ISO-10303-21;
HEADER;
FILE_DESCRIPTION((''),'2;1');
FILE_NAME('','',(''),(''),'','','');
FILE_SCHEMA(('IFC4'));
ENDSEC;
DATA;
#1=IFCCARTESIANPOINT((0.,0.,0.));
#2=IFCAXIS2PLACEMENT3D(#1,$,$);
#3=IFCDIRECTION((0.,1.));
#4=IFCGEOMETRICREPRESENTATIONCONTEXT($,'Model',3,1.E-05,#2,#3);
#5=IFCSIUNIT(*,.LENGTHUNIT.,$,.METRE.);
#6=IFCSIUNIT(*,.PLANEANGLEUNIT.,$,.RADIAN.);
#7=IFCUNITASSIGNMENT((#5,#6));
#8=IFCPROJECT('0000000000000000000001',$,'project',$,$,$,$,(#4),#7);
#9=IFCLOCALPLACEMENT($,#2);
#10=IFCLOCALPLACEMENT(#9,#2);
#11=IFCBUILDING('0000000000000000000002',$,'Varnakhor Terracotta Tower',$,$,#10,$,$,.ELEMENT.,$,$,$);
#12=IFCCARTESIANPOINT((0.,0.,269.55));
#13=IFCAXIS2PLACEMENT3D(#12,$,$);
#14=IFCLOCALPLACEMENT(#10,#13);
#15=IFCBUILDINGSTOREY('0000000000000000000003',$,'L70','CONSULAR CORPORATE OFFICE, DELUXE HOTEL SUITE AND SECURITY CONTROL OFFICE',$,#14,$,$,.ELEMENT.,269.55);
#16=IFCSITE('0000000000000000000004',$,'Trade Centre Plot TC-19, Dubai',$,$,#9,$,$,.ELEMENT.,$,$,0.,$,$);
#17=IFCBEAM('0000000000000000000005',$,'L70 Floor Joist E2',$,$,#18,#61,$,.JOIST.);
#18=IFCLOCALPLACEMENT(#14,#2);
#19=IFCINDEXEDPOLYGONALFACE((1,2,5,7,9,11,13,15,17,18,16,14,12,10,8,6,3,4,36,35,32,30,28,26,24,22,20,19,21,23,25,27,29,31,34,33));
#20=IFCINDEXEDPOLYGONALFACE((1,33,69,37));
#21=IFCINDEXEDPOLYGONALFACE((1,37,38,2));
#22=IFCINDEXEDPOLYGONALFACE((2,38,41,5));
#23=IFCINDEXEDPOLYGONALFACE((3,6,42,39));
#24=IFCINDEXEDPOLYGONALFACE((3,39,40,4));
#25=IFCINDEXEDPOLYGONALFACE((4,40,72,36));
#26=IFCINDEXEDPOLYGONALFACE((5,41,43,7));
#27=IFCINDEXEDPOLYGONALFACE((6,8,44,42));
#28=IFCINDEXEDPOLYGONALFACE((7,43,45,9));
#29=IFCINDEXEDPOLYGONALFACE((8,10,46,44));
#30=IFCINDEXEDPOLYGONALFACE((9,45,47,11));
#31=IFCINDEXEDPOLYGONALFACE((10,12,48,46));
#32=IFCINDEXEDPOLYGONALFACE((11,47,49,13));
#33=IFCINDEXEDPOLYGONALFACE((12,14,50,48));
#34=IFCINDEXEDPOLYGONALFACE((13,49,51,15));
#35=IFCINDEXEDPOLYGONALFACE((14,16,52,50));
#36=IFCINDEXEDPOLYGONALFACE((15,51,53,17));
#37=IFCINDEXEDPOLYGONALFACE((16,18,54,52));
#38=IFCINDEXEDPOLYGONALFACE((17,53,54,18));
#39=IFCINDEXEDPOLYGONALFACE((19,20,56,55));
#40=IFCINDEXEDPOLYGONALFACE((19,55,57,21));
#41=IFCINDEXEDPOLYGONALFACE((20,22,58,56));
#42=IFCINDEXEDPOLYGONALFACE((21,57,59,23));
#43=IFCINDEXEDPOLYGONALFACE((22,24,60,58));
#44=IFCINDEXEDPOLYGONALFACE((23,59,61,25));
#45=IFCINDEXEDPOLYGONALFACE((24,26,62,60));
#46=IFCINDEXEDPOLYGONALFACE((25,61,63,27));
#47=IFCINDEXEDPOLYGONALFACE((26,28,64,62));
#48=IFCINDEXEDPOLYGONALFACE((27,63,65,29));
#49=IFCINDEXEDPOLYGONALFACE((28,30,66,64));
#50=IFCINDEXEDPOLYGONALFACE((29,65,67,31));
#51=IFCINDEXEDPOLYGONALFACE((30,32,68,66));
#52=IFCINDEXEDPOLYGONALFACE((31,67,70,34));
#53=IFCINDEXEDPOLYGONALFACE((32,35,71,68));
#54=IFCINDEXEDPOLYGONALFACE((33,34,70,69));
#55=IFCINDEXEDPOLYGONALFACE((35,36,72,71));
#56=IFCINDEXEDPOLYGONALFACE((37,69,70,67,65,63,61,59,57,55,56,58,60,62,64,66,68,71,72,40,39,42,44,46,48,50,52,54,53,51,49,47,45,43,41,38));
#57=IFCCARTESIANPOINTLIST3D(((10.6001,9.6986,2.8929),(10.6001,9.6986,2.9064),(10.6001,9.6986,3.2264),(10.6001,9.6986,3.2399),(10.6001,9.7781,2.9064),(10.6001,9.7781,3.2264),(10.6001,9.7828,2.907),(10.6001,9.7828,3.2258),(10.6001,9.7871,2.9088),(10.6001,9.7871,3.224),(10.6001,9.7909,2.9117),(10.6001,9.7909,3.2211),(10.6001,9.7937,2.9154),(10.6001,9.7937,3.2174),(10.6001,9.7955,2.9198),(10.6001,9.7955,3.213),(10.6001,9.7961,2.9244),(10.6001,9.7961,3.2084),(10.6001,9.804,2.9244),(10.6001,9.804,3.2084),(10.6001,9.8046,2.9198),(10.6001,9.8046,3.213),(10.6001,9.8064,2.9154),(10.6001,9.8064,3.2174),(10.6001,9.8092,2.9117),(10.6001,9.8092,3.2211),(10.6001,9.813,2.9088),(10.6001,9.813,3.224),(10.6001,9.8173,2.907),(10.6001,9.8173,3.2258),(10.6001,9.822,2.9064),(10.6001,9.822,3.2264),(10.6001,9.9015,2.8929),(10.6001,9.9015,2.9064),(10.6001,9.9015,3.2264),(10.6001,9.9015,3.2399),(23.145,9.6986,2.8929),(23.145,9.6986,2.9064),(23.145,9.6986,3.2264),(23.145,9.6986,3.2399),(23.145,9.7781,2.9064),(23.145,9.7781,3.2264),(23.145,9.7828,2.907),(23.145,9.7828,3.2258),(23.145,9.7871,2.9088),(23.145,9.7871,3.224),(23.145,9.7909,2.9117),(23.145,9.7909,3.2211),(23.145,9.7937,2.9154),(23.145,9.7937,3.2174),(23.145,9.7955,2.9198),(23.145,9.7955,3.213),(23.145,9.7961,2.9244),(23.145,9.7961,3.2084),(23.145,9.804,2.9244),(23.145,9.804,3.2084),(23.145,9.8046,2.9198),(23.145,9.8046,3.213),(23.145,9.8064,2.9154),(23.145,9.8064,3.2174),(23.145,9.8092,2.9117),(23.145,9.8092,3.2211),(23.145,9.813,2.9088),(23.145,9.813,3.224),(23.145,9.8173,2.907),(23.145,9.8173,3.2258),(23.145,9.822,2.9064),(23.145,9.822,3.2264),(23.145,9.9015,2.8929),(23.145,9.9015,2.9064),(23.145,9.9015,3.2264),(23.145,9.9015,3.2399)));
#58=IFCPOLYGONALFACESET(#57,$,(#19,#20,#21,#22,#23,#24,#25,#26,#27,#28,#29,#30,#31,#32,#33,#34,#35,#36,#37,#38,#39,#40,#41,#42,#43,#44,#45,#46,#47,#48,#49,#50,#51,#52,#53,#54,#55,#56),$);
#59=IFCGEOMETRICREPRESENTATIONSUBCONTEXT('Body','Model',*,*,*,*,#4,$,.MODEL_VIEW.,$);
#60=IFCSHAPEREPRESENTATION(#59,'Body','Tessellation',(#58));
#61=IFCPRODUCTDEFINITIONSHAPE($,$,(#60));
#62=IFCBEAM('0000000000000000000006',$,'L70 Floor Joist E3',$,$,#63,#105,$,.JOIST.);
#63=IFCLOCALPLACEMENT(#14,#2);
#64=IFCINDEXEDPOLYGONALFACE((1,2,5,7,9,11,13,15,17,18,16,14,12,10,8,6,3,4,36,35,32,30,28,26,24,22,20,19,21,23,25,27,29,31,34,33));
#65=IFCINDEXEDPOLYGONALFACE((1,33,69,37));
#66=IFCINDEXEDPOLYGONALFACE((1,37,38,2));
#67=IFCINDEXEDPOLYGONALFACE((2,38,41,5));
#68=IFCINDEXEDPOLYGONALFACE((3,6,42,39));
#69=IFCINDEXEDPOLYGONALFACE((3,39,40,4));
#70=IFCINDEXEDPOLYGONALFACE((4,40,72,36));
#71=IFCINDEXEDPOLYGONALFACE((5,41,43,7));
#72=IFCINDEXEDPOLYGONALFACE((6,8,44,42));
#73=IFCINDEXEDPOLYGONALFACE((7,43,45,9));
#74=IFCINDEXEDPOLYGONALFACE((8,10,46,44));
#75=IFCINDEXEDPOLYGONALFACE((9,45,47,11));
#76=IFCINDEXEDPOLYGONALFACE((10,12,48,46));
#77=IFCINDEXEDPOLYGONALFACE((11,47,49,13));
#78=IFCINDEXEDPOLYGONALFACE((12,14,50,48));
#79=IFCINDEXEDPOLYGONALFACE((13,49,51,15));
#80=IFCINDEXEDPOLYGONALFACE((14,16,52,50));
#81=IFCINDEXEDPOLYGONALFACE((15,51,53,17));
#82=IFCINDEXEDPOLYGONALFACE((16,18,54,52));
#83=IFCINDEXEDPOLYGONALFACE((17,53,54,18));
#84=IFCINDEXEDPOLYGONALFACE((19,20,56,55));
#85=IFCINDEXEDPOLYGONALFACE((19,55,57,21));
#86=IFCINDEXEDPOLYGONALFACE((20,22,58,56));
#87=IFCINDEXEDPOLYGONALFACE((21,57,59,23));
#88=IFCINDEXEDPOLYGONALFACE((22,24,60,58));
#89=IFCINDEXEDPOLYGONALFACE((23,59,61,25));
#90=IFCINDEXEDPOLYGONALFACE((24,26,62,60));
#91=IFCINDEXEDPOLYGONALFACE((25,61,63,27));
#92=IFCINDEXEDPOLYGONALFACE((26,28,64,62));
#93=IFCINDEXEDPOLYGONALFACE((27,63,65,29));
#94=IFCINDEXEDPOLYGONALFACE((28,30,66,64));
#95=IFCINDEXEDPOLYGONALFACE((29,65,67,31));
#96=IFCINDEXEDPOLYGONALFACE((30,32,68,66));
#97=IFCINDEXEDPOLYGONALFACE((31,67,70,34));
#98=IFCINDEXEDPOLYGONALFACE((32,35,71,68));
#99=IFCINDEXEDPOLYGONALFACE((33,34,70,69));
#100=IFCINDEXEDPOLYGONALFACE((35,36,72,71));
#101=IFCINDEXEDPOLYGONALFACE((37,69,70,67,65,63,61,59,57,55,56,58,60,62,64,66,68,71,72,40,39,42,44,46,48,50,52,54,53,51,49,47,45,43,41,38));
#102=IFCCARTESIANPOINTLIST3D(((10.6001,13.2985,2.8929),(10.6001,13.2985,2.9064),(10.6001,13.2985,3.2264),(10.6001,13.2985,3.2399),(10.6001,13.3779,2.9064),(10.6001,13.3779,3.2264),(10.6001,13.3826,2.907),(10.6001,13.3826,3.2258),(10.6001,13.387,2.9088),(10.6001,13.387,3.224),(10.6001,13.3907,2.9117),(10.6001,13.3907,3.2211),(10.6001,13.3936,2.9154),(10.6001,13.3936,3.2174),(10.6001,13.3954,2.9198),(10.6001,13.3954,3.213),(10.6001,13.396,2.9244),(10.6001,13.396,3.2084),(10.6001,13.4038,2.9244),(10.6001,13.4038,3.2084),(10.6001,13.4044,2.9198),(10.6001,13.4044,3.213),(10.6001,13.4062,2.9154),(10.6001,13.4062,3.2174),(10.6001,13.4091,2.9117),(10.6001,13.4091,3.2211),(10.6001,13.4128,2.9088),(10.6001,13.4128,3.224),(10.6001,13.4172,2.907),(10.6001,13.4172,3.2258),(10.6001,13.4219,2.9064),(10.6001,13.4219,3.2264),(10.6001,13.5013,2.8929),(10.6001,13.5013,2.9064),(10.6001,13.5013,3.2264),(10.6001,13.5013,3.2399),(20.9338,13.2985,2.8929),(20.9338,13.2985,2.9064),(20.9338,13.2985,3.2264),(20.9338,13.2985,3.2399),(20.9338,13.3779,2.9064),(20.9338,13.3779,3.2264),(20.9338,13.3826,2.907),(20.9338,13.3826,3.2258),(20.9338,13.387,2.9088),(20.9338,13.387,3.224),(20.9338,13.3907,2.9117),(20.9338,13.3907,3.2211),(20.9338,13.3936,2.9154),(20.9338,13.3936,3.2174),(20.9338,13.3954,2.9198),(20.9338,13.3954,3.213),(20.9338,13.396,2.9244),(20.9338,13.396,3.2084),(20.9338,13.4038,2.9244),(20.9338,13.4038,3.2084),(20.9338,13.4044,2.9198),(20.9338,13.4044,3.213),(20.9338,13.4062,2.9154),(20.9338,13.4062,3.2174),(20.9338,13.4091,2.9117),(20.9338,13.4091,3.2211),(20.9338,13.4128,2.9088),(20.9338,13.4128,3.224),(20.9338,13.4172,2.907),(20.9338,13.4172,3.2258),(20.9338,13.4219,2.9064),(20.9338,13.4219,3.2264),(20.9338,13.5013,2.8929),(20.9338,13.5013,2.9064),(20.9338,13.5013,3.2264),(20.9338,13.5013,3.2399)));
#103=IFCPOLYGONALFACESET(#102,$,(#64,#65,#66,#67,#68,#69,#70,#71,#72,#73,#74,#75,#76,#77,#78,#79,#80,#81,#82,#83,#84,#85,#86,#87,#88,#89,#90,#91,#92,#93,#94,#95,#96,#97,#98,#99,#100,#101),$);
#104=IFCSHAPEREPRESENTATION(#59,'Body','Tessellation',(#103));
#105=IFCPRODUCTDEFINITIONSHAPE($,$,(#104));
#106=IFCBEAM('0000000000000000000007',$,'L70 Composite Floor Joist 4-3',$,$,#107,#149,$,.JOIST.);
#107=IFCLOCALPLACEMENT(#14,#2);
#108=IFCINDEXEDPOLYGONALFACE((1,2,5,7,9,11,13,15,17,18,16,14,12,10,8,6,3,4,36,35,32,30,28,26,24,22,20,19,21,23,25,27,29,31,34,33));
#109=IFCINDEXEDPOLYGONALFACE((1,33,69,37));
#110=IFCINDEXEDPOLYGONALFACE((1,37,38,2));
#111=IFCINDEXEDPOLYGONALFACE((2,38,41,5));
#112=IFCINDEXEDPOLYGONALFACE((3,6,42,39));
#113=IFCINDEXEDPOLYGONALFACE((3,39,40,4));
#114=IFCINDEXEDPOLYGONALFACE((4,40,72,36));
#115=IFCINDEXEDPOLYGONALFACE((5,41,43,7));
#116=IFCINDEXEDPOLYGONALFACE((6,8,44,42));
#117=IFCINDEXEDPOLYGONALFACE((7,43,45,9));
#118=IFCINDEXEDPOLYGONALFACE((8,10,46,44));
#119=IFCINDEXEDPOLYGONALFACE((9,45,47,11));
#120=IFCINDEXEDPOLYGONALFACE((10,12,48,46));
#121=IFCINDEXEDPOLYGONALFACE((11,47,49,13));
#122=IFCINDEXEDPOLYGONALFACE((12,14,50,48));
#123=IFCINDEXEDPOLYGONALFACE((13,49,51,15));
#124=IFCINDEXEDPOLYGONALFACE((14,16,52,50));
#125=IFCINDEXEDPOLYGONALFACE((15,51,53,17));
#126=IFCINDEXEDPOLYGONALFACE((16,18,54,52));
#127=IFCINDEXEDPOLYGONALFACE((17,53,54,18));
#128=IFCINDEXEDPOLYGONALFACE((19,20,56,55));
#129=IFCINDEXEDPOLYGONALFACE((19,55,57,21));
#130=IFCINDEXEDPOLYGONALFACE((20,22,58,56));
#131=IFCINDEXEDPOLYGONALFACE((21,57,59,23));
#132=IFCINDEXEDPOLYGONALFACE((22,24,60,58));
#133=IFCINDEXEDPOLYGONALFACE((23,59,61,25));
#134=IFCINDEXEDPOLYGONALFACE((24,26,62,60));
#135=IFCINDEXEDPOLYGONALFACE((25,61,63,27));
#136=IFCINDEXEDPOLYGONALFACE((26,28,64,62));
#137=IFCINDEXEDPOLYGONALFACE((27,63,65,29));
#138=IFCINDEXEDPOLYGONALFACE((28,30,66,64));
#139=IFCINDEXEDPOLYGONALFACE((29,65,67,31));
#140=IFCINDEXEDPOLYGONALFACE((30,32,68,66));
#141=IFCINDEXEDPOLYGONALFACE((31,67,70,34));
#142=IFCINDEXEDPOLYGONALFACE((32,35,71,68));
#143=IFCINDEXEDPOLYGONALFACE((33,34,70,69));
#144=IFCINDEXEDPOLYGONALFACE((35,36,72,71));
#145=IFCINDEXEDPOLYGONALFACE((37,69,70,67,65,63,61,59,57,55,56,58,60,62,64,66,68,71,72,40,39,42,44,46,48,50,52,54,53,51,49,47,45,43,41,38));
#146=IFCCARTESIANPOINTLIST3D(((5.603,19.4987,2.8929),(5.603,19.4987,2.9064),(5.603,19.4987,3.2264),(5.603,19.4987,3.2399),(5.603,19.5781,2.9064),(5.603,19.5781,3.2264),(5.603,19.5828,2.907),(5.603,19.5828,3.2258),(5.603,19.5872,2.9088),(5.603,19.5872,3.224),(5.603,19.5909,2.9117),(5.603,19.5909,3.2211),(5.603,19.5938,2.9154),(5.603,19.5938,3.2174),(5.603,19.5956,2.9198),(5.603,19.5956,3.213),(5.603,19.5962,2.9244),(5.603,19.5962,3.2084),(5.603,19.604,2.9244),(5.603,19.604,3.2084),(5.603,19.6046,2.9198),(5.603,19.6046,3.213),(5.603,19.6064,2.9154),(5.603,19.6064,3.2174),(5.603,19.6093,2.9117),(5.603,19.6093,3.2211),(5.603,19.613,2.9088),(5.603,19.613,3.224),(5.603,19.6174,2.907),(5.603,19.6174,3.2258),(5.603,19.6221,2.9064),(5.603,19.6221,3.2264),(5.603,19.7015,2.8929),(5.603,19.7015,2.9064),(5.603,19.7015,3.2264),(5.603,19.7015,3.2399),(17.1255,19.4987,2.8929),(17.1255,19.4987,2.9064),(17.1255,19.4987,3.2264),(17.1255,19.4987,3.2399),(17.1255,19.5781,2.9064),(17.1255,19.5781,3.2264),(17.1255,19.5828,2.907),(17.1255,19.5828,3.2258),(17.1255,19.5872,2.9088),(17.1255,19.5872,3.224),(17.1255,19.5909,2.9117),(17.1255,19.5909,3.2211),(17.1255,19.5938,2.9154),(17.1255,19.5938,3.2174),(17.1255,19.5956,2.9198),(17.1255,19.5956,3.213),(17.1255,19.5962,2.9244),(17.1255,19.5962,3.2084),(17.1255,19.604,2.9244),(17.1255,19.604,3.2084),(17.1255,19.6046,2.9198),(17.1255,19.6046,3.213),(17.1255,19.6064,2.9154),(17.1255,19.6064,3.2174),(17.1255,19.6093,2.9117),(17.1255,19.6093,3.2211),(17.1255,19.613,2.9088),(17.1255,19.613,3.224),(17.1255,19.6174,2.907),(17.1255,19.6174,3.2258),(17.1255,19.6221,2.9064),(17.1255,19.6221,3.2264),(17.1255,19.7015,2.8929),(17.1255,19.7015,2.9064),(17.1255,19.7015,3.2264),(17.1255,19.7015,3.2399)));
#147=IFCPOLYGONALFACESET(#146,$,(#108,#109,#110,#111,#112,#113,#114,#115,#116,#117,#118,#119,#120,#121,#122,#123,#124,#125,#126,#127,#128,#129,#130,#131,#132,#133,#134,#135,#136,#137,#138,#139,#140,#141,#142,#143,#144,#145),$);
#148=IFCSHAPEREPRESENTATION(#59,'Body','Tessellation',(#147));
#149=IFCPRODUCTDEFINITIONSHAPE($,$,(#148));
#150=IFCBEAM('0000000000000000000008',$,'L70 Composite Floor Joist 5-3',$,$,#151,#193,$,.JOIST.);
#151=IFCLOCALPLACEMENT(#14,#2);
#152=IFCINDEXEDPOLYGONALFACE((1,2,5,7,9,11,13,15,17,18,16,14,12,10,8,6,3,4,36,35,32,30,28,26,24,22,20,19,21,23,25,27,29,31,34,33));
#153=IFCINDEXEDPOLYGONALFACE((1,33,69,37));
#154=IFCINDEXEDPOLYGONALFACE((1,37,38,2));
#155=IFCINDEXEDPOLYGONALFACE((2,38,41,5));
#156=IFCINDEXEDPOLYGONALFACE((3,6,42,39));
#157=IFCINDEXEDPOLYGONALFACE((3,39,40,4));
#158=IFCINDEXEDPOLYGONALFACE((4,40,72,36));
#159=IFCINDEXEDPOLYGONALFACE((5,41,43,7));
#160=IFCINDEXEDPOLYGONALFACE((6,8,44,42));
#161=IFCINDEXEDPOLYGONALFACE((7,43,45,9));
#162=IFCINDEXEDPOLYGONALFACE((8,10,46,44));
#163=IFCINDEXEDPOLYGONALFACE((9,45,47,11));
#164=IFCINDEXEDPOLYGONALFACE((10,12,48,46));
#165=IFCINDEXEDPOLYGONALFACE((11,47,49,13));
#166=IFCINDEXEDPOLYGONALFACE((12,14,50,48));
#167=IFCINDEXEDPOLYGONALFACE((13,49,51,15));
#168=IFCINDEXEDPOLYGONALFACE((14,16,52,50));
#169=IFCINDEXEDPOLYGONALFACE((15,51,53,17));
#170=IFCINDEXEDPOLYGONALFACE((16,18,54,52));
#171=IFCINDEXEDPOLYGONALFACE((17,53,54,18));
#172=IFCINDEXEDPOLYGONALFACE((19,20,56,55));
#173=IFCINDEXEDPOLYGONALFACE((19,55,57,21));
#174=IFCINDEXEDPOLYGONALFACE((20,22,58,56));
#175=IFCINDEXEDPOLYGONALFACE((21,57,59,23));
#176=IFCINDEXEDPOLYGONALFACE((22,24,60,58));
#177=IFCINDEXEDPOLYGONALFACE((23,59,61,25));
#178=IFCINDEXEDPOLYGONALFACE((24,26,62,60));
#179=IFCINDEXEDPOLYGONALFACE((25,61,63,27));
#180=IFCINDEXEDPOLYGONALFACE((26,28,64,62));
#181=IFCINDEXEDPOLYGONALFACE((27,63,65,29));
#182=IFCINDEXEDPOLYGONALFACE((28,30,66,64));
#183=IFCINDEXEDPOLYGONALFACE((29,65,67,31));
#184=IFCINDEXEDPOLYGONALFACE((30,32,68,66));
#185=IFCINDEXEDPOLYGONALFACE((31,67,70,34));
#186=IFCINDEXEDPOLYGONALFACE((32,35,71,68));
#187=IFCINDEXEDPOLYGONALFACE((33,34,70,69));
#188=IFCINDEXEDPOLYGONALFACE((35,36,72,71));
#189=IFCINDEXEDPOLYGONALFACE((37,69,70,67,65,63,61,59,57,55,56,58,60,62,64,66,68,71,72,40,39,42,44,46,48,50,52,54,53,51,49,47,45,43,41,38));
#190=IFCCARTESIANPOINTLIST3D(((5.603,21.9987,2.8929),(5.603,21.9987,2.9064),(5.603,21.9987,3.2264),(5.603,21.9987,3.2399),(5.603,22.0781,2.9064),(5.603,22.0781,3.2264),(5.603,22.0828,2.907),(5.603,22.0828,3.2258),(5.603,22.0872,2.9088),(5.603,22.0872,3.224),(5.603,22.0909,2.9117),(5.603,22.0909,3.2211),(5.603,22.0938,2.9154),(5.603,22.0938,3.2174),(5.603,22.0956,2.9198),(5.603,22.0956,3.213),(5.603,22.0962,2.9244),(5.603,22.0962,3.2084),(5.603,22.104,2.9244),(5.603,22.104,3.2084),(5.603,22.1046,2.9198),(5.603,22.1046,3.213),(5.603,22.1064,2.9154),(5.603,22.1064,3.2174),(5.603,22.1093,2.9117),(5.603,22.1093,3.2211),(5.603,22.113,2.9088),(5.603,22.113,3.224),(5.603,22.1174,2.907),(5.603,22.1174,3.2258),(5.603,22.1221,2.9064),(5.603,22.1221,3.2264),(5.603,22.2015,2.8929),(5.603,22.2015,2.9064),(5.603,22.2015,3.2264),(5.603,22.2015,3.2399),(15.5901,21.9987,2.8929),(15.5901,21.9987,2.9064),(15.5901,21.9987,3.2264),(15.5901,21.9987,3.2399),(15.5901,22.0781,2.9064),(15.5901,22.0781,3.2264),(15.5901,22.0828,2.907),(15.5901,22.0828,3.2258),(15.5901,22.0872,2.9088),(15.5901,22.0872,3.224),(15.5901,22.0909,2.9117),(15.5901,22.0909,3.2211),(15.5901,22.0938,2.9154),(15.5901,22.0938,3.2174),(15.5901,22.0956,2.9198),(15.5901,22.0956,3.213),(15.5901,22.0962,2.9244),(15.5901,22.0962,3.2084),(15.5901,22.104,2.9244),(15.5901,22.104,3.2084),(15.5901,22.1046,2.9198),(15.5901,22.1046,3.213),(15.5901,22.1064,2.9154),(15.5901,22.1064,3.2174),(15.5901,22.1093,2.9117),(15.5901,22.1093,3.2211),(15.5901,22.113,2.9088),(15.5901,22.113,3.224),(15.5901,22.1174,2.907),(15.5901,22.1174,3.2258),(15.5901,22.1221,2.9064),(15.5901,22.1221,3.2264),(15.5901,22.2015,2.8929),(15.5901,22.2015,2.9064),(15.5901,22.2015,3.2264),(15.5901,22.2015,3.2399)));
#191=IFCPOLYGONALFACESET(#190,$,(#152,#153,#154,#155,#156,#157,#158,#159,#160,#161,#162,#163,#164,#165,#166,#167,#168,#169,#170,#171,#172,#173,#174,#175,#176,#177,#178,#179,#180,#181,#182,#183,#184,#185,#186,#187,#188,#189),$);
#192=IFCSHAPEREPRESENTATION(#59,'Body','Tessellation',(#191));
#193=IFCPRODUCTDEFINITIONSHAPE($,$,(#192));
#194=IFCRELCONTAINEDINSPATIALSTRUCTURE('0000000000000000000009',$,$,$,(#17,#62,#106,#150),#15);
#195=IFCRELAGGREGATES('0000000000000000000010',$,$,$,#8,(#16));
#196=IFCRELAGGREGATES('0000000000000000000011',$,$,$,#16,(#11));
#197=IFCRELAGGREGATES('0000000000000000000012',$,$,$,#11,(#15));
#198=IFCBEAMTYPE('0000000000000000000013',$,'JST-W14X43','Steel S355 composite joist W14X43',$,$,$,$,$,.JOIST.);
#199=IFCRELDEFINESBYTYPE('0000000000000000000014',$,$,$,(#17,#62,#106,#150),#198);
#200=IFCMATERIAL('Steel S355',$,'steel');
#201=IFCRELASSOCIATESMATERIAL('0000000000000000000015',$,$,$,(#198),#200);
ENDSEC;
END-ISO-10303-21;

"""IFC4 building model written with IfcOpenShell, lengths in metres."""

from ifc_helpers import new_model, si_unit, direction, frame, origin, origin_2d, place, context, subcontext, project, spatial, i_section, extrude, source, transform, mapped, material, material_profile, profile_set, type_object, element, save


model = new_model("IFC4")

# Units and contexts
model_context = context("Model", 3, precision=1e-05, world=origin(), true_north=direction((0.0, 1.0)))
body_context = subcontext(model_context, "Body", "Model", "MODEL_VIEW")
ifc_project = project(units=[si_unit("LENGTHUNIT", "METRE"), si_unit("PLANEANGLEUNIT", "RADIAN")], contexts=[model_context])

# Site, building, storey
site_placement = place(None, origin())
site = spatial("IfcSite", under=ifc_project, at=site_placement, Name="Trade Centre Plot TC-19, Dubai", CompositionType="ELEMENT", RefElevation=0.0)
building_placement = place(site_placement, origin())
building = spatial("IfcBuilding", under=site, at=building_placement, Name="Varnakhor Terracotta Tower", CompositionType="ELEMENT")
storey_placement = place(building_placement, frame((0.0, 0.0, 269.55)))
storey = spatial("IfcBuildingStorey", under=building, at=storey_placement, Name="L70", Description="CONSULAR CORPORATE OFFICE, DELUXE HOTEL SUITE AND SECURITY CONTROL OFFICE", CompositionType="ELEMENT", Elevation=269.55)

# Beams
ifc_material_1 = material(Name="Steel S355", Category="steel")
ifc_material_profile_1 = material_profile(ifc_material_1, i_section(OverallWidth=0.2029, OverallDepth=0.3469, WebThickness=0.0078, FlangeThickness=0.0134, FilletRadius=0.0181, at=origin_2d()), Name="W14X43")
ifc_profile_set_1 = profile_set([ifc_material_profile_1], Name="Steel S355")
beam_type_1 = type_object("IfcBeamType", Name="JST-W14X43", Description="Steel S355 composite joist W14X43", PredefinedType="JOIST", material=ifc_profile_set_1)
shared_shape_1 = source(origin(), body_context, "Body", "SweptSolid", [
    extrude(i_section(OverallWidth=0.2029, OverallDepth=0.3469, WebThickness=0.0078, FlangeThickness=0.0134, FilletRadius=0.0181, at=origin_2d()), origin(), (0.0, 0.0, 1.0), 12.5449),
])
beam_1_placement = place(storey_placement, frame((10.6001, 9.8, 3.0664), z_axis=(1.0, 0.0, 0.0), x_axis=(0.0, 1.0, 0.0)))
element("IfcBeam", 1, at=beam_1_placement, inside=storey, type_object=beam_type_1, Name="L70 Floor Joist E2", PredefinedType="JOIST", context=body_context, shape_type="MappedRepresentation", body=[
    mapped(shared_shape_1, transform((0.0, 0.0, 0.0), scale=1.0)),
])
shared_shape_2 = source(origin(), body_context, "Body", "SweptSolid", [
    extrude(i_section(OverallWidth=0.2029, OverallDepth=0.3469, WebThickness=0.0078, FlangeThickness=0.0134, FilletRadius=0.0181, at=origin_2d()), origin(), (0.0, 0.0, 1.0), 10.3337),
])
beam_2_placement = place(storey_placement, frame((10.6001, 13.3999, 3.0664), z_axis=(1.0, 0.0, 0.0), x_axis=(0.0, 1.0, 0.0)))
element("IfcBeam", 2, at=beam_2_placement, inside=storey, type_object=beam_type_1, Name="L70 Floor Joist E3", PredefinedType="JOIST", context=body_context, shape_type="MappedRepresentation", body=[
    mapped(shared_shape_2, transform((0.0, 0.0, 0.0), scale=1.0)),
])
shared_shape_3 = source(origin(), body_context, "Body", "SweptSolid", [
    extrude(i_section(OverallWidth=0.2029, OverallDepth=0.3469, WebThickness=0.0078, FlangeThickness=0.0134, FilletRadius=0.0181, at=origin_2d()), origin(), (0.0, 0.0, 1.0), 11.5225),
])
beam_3_placement = place(storey_placement, frame((5.603, 19.6001, 3.0664), z_axis=(1.0, 0.0, 0.0), x_axis=(0.0, 1.0, 0.0)))
element("IfcBeam", 3, at=beam_3_placement, inside=storey, type_object=beam_type_1, Name="L70 Composite Floor Joist 4-3", PredefinedType="JOIST", context=body_context, shape_type="MappedRepresentation", body=[
    mapped(shared_shape_3, transform((0.0, 0.0, 0.0), scale=1.0)),
])
shared_shape_4 = source(origin(), body_context, "Body", "SweptSolid", [
    extrude(i_section(OverallWidth=0.2029, OverallDepth=0.3469, WebThickness=0.0078, FlangeThickness=0.0134, FilletRadius=0.0181, at=origin_2d()), origin(), (0.0, 0.0, 1.0), 9.9871),
])
beam_4_placement = place(storey_placement, frame((5.603, 22.1001, 3.0664), z_axis=(1.0, 0.0, 0.0), x_axis=(0.0, 1.0, 0.0)))
element("IfcBeam", 4, at=beam_4_placement, inside=storey, type_object=beam_type_1, Name="L70 Composite Floor Joist 5-3", PredefinedType="JOIST", context=body_context, shape_type="MappedRepresentation", body=[
    mapped(shared_shape_4, transform((0.0, 0.0, 0.0), scale=1.0)),
])

save(model, "model.ifc")
